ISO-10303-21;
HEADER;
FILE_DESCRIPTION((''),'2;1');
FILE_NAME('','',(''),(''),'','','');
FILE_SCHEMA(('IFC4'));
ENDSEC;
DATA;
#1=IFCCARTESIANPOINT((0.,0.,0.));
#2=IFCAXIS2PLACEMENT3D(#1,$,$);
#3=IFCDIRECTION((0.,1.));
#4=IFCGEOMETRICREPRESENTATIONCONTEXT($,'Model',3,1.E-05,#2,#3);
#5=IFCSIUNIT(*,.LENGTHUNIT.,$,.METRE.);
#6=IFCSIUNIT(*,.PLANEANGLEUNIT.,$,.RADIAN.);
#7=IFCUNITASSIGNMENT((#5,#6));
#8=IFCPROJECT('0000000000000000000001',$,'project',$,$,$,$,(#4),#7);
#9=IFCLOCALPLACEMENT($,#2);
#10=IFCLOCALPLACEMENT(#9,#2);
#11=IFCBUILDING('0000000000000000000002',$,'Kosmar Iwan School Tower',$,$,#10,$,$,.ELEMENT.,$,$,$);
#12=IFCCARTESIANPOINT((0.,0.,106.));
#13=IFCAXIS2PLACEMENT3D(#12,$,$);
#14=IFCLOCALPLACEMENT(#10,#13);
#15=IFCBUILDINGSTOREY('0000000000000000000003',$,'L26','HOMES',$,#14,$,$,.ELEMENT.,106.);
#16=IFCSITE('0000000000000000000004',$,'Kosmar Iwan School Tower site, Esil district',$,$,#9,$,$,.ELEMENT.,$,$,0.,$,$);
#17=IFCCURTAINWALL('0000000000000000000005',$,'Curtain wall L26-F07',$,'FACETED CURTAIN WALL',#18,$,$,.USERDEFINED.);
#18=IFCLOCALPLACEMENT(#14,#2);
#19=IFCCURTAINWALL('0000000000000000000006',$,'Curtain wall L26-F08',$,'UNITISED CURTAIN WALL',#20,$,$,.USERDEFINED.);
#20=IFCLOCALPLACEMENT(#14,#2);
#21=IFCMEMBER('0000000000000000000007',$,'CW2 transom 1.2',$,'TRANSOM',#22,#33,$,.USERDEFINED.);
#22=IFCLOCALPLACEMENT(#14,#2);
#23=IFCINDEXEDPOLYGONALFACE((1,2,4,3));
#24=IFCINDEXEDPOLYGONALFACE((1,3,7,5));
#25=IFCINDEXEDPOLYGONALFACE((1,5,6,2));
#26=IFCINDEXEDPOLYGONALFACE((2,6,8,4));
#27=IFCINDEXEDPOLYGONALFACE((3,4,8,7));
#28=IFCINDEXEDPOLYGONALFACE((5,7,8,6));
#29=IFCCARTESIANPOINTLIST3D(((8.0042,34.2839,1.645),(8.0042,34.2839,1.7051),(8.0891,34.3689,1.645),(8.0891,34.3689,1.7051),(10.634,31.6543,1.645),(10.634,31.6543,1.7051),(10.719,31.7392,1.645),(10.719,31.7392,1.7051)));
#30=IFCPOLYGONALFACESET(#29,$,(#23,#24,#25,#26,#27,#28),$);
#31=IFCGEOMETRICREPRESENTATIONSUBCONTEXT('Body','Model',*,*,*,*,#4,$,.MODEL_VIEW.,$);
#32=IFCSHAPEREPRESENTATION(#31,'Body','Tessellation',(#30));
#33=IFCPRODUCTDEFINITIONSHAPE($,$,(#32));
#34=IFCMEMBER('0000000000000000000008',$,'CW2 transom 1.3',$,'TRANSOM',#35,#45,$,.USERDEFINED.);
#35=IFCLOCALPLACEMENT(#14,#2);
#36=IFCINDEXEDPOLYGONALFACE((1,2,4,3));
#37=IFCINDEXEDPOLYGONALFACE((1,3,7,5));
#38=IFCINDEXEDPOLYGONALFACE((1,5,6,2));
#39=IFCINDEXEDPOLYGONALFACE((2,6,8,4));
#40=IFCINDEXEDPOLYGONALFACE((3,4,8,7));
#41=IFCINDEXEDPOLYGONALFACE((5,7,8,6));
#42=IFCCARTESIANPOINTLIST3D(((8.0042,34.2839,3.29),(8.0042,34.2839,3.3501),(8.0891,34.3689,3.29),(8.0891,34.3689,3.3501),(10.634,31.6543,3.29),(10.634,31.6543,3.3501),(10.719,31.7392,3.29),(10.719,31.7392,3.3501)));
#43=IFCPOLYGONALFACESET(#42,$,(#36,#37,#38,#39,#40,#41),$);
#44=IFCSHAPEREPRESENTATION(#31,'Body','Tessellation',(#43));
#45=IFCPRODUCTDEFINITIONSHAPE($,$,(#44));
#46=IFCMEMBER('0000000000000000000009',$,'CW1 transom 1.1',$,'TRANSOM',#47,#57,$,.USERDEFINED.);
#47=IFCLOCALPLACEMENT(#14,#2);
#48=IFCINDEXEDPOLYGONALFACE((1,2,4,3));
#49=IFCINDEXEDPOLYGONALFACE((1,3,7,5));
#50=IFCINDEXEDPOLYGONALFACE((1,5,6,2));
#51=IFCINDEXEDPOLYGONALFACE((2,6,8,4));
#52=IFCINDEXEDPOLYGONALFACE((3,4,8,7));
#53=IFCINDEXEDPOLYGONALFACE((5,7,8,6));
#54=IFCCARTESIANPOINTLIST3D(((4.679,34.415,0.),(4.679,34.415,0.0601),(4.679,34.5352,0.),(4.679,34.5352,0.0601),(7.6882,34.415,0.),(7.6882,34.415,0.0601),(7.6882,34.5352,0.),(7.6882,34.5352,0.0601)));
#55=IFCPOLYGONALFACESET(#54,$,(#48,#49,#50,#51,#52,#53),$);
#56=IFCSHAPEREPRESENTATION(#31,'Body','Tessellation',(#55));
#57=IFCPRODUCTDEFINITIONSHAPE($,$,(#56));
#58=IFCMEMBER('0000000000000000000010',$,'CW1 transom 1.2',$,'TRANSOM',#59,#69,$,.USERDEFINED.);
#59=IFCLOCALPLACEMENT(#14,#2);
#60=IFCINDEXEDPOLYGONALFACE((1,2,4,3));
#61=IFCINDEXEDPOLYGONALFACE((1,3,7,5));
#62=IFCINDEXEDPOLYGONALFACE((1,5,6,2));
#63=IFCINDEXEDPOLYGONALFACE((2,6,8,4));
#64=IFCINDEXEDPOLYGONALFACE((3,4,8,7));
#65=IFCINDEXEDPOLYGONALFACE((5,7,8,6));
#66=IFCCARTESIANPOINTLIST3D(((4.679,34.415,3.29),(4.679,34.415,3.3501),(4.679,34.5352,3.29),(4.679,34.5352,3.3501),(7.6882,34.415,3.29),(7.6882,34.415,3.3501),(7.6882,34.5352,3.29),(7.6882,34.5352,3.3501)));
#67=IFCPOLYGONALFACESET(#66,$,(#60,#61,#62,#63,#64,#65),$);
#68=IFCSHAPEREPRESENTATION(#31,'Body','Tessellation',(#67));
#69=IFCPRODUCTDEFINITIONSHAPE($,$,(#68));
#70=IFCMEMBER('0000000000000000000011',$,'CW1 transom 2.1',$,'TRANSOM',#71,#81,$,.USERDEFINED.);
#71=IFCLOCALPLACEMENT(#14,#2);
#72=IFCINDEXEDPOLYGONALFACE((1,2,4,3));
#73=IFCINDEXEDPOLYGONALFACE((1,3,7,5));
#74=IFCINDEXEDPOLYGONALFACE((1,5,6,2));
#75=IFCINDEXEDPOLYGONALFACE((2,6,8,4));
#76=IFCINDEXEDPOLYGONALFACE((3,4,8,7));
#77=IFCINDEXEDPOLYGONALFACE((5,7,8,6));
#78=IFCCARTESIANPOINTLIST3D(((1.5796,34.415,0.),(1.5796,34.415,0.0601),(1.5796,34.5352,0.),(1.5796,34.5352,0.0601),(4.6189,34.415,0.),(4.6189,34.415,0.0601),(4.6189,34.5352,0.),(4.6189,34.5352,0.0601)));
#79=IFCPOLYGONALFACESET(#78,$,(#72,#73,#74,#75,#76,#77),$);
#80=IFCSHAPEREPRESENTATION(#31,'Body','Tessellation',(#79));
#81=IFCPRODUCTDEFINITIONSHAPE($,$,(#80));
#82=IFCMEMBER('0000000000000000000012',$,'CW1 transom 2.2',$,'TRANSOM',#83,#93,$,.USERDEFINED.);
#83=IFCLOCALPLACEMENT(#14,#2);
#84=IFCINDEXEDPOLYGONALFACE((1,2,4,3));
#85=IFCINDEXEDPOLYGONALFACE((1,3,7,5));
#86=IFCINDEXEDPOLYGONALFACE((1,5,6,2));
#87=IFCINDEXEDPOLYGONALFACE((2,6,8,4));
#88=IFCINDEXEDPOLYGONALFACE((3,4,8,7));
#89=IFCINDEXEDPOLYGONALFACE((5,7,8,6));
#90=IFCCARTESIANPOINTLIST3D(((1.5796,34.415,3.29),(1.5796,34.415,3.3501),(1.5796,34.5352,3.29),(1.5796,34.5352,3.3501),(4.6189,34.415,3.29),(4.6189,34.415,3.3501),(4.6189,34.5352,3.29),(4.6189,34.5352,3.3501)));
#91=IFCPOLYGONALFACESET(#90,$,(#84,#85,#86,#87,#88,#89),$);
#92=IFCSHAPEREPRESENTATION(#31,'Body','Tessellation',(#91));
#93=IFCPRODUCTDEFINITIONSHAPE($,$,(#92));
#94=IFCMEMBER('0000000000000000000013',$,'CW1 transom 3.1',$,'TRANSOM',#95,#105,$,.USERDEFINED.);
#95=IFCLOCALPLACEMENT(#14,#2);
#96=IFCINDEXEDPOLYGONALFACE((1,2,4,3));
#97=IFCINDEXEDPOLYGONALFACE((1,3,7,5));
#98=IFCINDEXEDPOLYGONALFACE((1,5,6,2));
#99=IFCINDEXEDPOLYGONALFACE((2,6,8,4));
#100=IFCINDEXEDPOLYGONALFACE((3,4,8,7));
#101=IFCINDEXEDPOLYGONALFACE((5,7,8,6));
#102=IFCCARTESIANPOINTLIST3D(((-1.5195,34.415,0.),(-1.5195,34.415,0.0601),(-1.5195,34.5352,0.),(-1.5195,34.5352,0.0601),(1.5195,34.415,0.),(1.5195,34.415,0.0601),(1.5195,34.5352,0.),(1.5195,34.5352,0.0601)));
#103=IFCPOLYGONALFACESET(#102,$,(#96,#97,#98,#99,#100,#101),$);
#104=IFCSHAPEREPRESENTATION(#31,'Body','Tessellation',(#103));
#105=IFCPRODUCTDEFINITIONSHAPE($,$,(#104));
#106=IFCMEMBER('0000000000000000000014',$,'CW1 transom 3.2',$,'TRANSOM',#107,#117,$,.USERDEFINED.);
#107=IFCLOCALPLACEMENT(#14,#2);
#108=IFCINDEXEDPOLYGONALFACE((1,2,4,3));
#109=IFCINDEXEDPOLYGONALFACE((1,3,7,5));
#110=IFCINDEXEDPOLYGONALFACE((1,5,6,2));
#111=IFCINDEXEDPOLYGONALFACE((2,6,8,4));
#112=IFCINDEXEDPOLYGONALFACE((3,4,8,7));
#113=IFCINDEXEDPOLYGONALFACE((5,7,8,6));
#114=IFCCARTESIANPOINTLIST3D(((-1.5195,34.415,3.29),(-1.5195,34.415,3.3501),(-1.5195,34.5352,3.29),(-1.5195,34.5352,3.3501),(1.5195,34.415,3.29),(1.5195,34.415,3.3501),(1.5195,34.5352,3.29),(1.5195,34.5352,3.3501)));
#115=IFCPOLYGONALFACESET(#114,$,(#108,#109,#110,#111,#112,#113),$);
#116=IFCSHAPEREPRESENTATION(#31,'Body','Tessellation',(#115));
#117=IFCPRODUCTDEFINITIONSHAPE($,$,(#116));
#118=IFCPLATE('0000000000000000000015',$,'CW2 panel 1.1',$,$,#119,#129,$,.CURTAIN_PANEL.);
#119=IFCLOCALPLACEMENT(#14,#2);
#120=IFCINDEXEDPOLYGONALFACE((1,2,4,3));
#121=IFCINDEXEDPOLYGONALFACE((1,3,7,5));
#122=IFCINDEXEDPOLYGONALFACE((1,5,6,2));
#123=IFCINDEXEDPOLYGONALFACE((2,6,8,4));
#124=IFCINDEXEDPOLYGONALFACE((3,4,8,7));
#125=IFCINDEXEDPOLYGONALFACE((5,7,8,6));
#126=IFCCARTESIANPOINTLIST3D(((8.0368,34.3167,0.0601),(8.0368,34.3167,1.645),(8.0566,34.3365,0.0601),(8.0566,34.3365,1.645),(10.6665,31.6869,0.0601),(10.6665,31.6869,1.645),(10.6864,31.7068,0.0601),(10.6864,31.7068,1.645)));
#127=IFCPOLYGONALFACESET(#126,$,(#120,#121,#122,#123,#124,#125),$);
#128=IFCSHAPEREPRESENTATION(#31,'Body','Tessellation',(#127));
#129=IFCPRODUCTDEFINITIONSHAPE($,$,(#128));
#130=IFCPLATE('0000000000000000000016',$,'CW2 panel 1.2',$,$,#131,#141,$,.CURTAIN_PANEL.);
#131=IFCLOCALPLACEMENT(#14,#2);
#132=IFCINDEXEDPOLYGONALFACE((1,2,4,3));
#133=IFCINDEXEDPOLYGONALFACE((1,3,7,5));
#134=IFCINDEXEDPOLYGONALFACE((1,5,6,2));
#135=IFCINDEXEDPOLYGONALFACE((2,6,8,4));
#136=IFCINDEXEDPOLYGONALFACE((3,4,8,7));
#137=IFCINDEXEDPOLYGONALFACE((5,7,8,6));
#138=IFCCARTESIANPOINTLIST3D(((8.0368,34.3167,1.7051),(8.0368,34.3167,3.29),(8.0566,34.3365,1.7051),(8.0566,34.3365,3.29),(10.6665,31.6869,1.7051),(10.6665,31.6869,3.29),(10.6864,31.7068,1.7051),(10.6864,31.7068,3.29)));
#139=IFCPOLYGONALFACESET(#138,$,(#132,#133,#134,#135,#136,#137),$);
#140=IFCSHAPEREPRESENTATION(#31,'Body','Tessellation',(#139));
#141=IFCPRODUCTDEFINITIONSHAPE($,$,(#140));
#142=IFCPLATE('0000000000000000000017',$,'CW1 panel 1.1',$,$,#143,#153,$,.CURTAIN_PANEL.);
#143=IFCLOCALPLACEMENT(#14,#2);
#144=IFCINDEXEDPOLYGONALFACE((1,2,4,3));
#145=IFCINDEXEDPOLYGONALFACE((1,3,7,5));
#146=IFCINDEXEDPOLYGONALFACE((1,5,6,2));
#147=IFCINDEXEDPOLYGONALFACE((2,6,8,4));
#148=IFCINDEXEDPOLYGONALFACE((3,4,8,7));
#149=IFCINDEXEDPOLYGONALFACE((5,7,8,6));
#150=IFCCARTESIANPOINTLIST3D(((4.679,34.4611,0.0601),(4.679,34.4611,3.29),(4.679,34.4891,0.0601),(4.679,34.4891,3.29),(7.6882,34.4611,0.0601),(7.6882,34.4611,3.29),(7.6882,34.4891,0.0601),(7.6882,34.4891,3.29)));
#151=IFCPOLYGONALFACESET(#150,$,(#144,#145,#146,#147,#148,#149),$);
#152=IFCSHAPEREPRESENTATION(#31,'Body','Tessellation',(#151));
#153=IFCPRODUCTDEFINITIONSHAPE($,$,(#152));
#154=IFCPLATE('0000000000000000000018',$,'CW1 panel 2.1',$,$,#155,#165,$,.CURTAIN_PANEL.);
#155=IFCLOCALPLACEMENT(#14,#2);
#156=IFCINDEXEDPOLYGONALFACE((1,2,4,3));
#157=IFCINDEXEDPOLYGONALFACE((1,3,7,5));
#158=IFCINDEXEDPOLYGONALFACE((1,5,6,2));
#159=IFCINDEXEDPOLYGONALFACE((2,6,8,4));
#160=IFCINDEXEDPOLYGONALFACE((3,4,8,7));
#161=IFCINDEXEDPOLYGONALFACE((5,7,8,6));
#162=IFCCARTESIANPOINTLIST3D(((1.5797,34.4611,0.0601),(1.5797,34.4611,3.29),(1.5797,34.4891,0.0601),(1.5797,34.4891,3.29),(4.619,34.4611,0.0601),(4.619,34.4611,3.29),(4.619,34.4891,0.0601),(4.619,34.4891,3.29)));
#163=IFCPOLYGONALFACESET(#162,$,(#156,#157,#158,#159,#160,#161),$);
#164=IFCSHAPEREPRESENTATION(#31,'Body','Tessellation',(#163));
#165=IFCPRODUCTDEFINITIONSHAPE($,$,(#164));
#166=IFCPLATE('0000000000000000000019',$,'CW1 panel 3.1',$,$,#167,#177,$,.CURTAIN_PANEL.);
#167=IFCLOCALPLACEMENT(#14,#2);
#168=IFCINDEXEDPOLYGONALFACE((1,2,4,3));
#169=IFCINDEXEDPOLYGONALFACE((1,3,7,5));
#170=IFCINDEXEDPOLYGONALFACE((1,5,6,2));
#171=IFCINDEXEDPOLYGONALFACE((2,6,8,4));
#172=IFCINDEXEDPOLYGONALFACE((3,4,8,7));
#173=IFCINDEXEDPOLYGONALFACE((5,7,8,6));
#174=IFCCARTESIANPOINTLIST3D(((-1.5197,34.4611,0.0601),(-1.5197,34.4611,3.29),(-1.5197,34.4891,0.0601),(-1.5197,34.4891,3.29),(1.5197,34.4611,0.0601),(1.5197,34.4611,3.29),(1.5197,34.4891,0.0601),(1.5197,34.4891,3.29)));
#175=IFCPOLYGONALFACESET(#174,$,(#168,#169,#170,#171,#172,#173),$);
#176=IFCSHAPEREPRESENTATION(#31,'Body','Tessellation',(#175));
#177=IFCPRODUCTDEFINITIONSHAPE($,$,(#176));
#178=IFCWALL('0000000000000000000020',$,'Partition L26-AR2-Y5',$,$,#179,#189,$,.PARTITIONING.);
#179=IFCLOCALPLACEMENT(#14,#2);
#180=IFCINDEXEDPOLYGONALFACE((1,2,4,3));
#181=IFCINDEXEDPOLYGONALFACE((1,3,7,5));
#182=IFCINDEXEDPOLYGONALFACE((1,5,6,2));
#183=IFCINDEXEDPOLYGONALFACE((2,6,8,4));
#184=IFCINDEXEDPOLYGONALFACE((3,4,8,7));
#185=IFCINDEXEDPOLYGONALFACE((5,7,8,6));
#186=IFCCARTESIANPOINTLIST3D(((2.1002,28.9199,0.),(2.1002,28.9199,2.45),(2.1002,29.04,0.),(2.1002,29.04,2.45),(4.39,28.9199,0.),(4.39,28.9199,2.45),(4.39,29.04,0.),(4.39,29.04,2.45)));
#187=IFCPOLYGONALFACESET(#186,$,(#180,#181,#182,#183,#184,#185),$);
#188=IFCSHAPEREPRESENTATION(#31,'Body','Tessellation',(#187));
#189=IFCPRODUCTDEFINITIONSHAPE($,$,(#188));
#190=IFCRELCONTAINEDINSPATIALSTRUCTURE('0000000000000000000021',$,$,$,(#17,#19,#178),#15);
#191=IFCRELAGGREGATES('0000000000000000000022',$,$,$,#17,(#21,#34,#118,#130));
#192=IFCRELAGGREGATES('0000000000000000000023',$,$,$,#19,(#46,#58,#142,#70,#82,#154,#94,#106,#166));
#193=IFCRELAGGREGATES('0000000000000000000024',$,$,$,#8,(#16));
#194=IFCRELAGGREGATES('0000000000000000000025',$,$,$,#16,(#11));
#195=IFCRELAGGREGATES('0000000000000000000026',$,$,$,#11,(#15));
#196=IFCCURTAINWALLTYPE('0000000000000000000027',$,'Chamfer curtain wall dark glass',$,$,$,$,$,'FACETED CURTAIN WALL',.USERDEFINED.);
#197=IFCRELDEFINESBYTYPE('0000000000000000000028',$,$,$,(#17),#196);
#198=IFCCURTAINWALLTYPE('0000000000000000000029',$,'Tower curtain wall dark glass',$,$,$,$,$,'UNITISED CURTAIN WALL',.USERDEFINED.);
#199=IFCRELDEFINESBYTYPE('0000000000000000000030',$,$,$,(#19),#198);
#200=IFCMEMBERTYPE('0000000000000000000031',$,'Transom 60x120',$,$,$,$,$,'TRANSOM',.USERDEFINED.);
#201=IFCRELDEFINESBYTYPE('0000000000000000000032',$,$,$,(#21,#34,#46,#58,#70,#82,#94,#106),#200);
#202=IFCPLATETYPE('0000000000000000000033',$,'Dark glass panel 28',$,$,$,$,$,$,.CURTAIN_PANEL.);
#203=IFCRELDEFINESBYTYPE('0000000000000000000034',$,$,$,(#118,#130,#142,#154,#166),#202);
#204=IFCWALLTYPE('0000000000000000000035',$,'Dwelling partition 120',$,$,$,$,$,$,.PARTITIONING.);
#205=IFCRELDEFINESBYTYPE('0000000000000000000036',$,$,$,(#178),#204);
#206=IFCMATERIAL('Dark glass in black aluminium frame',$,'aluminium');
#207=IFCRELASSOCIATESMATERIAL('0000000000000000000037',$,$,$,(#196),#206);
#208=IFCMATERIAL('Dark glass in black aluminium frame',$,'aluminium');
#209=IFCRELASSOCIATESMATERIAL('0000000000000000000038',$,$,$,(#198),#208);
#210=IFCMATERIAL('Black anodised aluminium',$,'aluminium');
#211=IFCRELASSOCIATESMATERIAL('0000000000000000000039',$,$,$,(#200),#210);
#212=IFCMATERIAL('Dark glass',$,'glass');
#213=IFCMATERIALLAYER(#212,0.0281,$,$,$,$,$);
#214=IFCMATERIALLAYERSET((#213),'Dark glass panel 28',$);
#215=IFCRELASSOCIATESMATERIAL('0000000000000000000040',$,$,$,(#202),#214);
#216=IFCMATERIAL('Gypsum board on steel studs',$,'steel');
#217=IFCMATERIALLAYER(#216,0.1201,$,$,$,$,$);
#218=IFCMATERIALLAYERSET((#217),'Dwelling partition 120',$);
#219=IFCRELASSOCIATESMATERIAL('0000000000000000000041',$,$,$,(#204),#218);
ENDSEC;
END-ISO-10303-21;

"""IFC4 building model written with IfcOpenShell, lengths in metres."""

from ifc_helpers import new_model, si_unit, direction, frame, frame_2d, origin, origin_2d, place, context, subcontext, project, spatial, rectangle, extrude, material, layer, layer_set, material_profile, profile_set, type_object, element, aggregate, save


model = new_model("IFC4")

# Units and contexts
model_context = context("Model", 3, precision=1e-05, world=origin(), true_north=direction((0.0, 1.0)))
body_context = subcontext(model_context, "Body", "Model", "MODEL_VIEW")
ifc_project = project(units=[si_unit("LENGTHUNIT", "METRE"), si_unit("PLANEANGLEUNIT", "RADIAN")], contexts=[model_context])

# Site, building, storey
site_placement = place(None, origin())
site = spatial("IfcSite", under=ifc_project, at=site_placement, Name="Kosmar Iwan School Tower site, Esil district", CompositionType="ELEMENT", RefElevation=0.0)
building_placement = place(site_placement, origin())
building = spatial("IfcBuilding", under=site, at=building_placement, Name="Kosmar Iwan School Tower", CompositionType="ELEMENT")
storey_placement = place(building_placement, frame((0.0, 0.0, 106.0)))
storey = spatial("IfcBuildingStorey", under=building, at=storey_placement, Name="L26", Description="HOMES", CompositionType="ELEMENT", Elevation=106.0)

# Curtain walls
ifc_material_1 = material(Name="Dark glass in black aluminium frame", Category="aluminium")
curtain_wall_type_1 = type_object("IfcCurtainWallType", Name="Chamfer curtain wall dark glass", ElementType="FACETED CURTAIN WALL", PredefinedType="USERDEFINED", material=ifc_material_1)
curtain_wall_1_placement = place(storey_placement, origin())
curtain_wall_1 = element("IfcCurtainWall", 1, at=curtain_wall_1_placement, inside=storey, type_object=curtain_wall_type_1, Name="Curtain wall L26-F07", ObjectType="FACETED CURTAIN WALL", PredefinedType="USERDEFINED")
ifc_material_2 = material(Name="Dark glass in black aluminium frame", Category="aluminium")
curtain_wall_type_2 = type_object("IfcCurtainWallType", Name="Tower curtain wall dark glass", ElementType="UNITISED CURTAIN WALL", PredefinedType="USERDEFINED", material=ifc_material_2)
curtain_wall_2_placement = place(storey_placement, origin())
curtain_wall_2 = element("IfcCurtainWall", 2, at=curtain_wall_2_placement, inside=storey, type_object=curtain_wall_type_2, Name="Curtain wall L26-F08", ObjectType="UNITISED CURTAIN WALL", PredefinedType="USERDEFINED")

# Members
ifc_material_3 = material(Name="Black anodised aluminium", Category="aluminium")
ifc_material_profile_1 = material_profile(ifc_material_3, rectangle(XDim=0.1201, YDim=0.0601, at=origin_2d()), Name="TRANSOM 60x120")
ifc_profile_set_1 = profile_set([ifc_material_profile_1], Name="Black anodised aluminium")
member_type_1 = type_object("IfcMemberType", Name="Transom 60x120", ElementType="TRANSOM", PredefinedType="USERDEFINED", material=ifc_profile_set_1)
member_1_placement = place(storey_placement, frame((10.6765, 31.6968, 1.675), z_axis=(-0.70714, 0.707074, 0.0), x_axis=(-0.707074, -0.70714, 0.0)))
member_1 = element("IfcMember", 3, at=member_1_placement, type_object=member_type_1, Name="CW2 transom 1.2", ObjectType="TRANSOM", PredefinedType="USERDEFINED", context=body_context, shape_type="SweptSolid", body=[
    extrude(rectangle(XDim=0.1201, YDim=0.0601, at=origin_2d()), origin(), (0.0, 0.0, 1.0), 3.719),
])
member_2_placement = place(storey_placement, frame((10.6765, 31.6968, 3.3201), z_axis=(-0.70714, 0.707074, 0.0), x_axis=(-0.707074, -0.70714, 0.0)))
member_2 = element("IfcMember", 4, at=member_2_placement, type_object=member_type_1, Name="CW2 transom 1.3", ObjectType="TRANSOM", PredefinedType="USERDEFINED", context=body_context, shape_type="SweptSolid", body=[
    extrude(rectangle(XDim=0.1201, YDim=0.0601, at=origin_2d()), origin(), (0.0, 0.0, 1.0), 3.719),
])
member_3_placement = place(storey_placement, frame((7.6882, 34.4751, 0.03), z_axis=(-1.0, 0.0, 0.0), x_axis=(0.0, -1.0, 0.0)))
member_3 = element("IfcMember", 5, at=member_3_placement, type_object=member_type_1, Name="CW1 transom 1.1", ObjectType="TRANSOM", PredefinedType="USERDEFINED", context=body_context, shape_type="SweptSolid", body=[
    extrude(rectangle(XDim=0.1201, YDim=0.0601, at=origin_2d()), origin(), (0.0, 0.0, 1.0), 3.0093),
])
member_4_placement = place(storey_placement, frame((7.6882, 34.4751, 3.3201), z_axis=(-1.0, 0.0, 0.0), x_axis=(0.0, -1.0, 0.0)))
member_4 = element("IfcMember", 6, at=member_4_placement, type_object=member_type_1, Name="CW1 transom 1.2", ObjectType="TRANSOM", PredefinedType="USERDEFINED", context=body_context, shape_type="SweptSolid", body=[
    extrude(rectangle(XDim=0.1201, YDim=0.0601, at=origin_2d()), origin(), (0.0, 0.0, 1.0), 3.0093),
])
member_5_placement = place(storey_placement, frame((4.6189, 34.4751, 0.03), z_axis=(-1.0, 0.0, 0.0), x_axis=(0.0, -1.0, 0.0)))
member_5 = element("IfcMember", 7, at=member_5_placement, type_object=member_type_1, Name="CW1 transom 2.1", ObjectType="TRANSOM", PredefinedType="USERDEFINED", context=body_context, shape_type="SweptSolid", body=[
    extrude(rectangle(XDim=0.1201, YDim=0.0601, at=origin_2d()), origin(), (0.0, 0.0, 1.0), 3.0393),
])
member_6_placement = place(storey_placement, frame((4.6189, 34.4751, 3.3201), z_axis=(-1.0, 0.0, 0.0), x_axis=(0.0, -1.0, 0.0)))
member_6 = element("IfcMember", 8, at=member_6_placement, type_object=member_type_1, Name="CW1 transom 2.2", ObjectType="TRANSOM", PredefinedType="USERDEFINED", context=body_context, shape_type="SweptSolid", body=[
    extrude(rectangle(XDim=0.1201, YDim=0.0601, at=origin_2d()), origin(), (0.0, 0.0, 1.0), 3.0393),
])
member_7_placement = place(storey_placement, frame((1.5195, 34.4751, 0.03), z_axis=(-1.0, 0.0, 0.0), x_axis=(0.0, -1.0, 0.0)))
member_7 = element("IfcMember", 9, at=member_7_placement, type_object=member_type_1, Name="CW1 transom 3.1", ObjectType="TRANSOM", PredefinedType="USERDEFINED", context=body_context, shape_type="SweptSolid", body=[
    extrude(rectangle(XDim=0.1201, YDim=0.0601, at=origin_2d()), origin(), (0.0, 0.0, 1.0), 3.0391),
])
member_8_placement = place(storey_placement, frame((1.5195, 34.4751, 3.3201), z_axis=(-1.0, 0.0, 0.0), x_axis=(0.0, -1.0, 0.0)))
member_8 = element("IfcMember", 10, at=member_8_placement, type_object=member_type_1, Name="CW1 transom 3.2", ObjectType="TRANSOM", PredefinedType="USERDEFINED", context=body_context, shape_type="SweptSolid", body=[
    extrude(rectangle(XDim=0.1201, YDim=0.0601, at=origin_2d()), origin(), (0.0, 0.0, 1.0), 3.0391),
])

# Plates
ifc_material_4 = material(Name="Dark glass", Category="glass")
ifc_layer_1 = layer(ifc_material_4, 0.0281)
ifc_layer_set_1 = layer_set([ifc_layer_1], Name="Dark glass panel 28")
plate_type = type_object("IfcPlateType", Name="Dark glass panel 28", PredefinedType="CURTAIN_PANEL", material=ifc_layer_set_1)
plate_1_placement = place(storey_placement, frame((9.3616, 33.0117, 0.0601), z_axis=(0.0, 0.0, 1.0), x_axis=(-0.707107, 0.707107, 0.0)))
plate_1 = element("IfcPlate", 11, at=plate_1_placement, type_object=plate_type, Name="CW2 panel 1.1", PredefinedType="CURTAIN_PANEL", context=body_context, shape_type="SweptSolid", body=[
    extrude(rectangle(XDim=3.719, YDim=0.0281, at=origin_2d()), origin(), (0.0, 0.0, 1.0), 1.585),
])
plate_2_placement = place(storey_placement, frame((9.3616, 33.0117, 1.7051), z_axis=(0.0, 0.0, 1.0), x_axis=(-0.707107, 0.707107, 0.0)))
plate_2 = element("IfcPlate", 12, at=plate_2_placement, type_object=plate_type, Name="CW2 panel 1.2", PredefinedType="CURTAIN_PANEL", context=body_context, shape_type="SweptSolid", body=[
    extrude(rectangle(XDim=3.719, YDim=0.0281, at=origin_2d()), origin(), (0.0, 0.0, 1.0), 1.585),
])
aggregate(curtain_wall_1, [member_1, member_2, plate_1, plate_2])
plate_3_placement = place(storey_placement, frame((6.1836, 34.4751, 0.0601), z_axis=(0.0, 0.0, 1.0), x_axis=(-1.0, 0.0, 0.0)))
plate_3 = element("IfcPlate", 13, at=plate_3_placement, type_object=plate_type, Name="CW1 panel 1.1", PredefinedType="CURTAIN_PANEL", context=body_context, shape_type="SweptSolid", body=[
    extrude(rectangle(XDim=3.0093, YDim=0.0281, at=origin_2d()), origin(), (0.0, 0.0, 1.0), 3.23),
])
plate_4_placement = place(storey_placement, frame((3.0994, 34.4751, 0.0601), z_axis=(0.0, 0.0, 1.0), x_axis=(-1.0, 0.0, 0.0)))
plate_4 = element("IfcPlate", 14, at=plate_4_placement, type_object=plate_type, Name="CW1 panel 2.1", PredefinedType="CURTAIN_PANEL", context=body_context, shape_type="SweptSolid", body=[
    extrude(rectangle(XDim=3.0393, YDim=0.0281, at=origin_2d()), origin(), (0.0, 0.0, 1.0), 3.23),
])
plate_5_placement = place(storey_placement, frame((0.0, 34.4751, 0.0601), z_axis=(0.0, 0.0, 1.0), x_axis=(-1.0, 0.0, 0.0)))
plate_5 = element("IfcPlate", 15, at=plate_5_placement, type_object=plate_type, Name="CW1 panel 3.1", PredefinedType="CURTAIN_PANEL", context=body_context, shape_type="SweptSolid", body=[
    extrude(rectangle(XDim=3.0393, YDim=0.0281, at=origin_2d()), origin(), (0.0, 0.0, 1.0), 3.23),
])
aggregate(curtain_wall_2, [member_3, member_4, plate_3, member_5, member_6, plate_4, member_7, member_8, plate_5])

# Wall
ifc_material_5 = material(Name="Gypsum board on steel studs", Category="steel")
ifc_layer_2 = layer(ifc_material_5, 0.1201)
ifc_layer_set_2 = layer_set([ifc_layer_2], Name="Dwelling partition 120")
wall_type = type_object("IfcWallType", Name="Dwelling partition 120", PredefinedType="PARTITIONING", material=ifc_layer_set_2)
wall_placement = place(storey_placement, frame((2.1001, 28.98, 0.0), z_axis=(0.0, 0.0, 1.0), x_axis=(1.0, 0.0, 0.0)))
element("IfcWall", 16, at=wall_placement, inside=storey, type_object=wall_type, Name="Partition L26-AR2-Y5", PredefinedType="PARTITIONING", context=body_context, shape_type="SweptSolid", body=[
    extrude(rectangle(XDim=2.2898, YDim=0.1201, at=frame_2d((1.145, 0.0))), origin(), (0.0, 0.0, 1.0), 2.45),
])

save(model, "model.ifc")
